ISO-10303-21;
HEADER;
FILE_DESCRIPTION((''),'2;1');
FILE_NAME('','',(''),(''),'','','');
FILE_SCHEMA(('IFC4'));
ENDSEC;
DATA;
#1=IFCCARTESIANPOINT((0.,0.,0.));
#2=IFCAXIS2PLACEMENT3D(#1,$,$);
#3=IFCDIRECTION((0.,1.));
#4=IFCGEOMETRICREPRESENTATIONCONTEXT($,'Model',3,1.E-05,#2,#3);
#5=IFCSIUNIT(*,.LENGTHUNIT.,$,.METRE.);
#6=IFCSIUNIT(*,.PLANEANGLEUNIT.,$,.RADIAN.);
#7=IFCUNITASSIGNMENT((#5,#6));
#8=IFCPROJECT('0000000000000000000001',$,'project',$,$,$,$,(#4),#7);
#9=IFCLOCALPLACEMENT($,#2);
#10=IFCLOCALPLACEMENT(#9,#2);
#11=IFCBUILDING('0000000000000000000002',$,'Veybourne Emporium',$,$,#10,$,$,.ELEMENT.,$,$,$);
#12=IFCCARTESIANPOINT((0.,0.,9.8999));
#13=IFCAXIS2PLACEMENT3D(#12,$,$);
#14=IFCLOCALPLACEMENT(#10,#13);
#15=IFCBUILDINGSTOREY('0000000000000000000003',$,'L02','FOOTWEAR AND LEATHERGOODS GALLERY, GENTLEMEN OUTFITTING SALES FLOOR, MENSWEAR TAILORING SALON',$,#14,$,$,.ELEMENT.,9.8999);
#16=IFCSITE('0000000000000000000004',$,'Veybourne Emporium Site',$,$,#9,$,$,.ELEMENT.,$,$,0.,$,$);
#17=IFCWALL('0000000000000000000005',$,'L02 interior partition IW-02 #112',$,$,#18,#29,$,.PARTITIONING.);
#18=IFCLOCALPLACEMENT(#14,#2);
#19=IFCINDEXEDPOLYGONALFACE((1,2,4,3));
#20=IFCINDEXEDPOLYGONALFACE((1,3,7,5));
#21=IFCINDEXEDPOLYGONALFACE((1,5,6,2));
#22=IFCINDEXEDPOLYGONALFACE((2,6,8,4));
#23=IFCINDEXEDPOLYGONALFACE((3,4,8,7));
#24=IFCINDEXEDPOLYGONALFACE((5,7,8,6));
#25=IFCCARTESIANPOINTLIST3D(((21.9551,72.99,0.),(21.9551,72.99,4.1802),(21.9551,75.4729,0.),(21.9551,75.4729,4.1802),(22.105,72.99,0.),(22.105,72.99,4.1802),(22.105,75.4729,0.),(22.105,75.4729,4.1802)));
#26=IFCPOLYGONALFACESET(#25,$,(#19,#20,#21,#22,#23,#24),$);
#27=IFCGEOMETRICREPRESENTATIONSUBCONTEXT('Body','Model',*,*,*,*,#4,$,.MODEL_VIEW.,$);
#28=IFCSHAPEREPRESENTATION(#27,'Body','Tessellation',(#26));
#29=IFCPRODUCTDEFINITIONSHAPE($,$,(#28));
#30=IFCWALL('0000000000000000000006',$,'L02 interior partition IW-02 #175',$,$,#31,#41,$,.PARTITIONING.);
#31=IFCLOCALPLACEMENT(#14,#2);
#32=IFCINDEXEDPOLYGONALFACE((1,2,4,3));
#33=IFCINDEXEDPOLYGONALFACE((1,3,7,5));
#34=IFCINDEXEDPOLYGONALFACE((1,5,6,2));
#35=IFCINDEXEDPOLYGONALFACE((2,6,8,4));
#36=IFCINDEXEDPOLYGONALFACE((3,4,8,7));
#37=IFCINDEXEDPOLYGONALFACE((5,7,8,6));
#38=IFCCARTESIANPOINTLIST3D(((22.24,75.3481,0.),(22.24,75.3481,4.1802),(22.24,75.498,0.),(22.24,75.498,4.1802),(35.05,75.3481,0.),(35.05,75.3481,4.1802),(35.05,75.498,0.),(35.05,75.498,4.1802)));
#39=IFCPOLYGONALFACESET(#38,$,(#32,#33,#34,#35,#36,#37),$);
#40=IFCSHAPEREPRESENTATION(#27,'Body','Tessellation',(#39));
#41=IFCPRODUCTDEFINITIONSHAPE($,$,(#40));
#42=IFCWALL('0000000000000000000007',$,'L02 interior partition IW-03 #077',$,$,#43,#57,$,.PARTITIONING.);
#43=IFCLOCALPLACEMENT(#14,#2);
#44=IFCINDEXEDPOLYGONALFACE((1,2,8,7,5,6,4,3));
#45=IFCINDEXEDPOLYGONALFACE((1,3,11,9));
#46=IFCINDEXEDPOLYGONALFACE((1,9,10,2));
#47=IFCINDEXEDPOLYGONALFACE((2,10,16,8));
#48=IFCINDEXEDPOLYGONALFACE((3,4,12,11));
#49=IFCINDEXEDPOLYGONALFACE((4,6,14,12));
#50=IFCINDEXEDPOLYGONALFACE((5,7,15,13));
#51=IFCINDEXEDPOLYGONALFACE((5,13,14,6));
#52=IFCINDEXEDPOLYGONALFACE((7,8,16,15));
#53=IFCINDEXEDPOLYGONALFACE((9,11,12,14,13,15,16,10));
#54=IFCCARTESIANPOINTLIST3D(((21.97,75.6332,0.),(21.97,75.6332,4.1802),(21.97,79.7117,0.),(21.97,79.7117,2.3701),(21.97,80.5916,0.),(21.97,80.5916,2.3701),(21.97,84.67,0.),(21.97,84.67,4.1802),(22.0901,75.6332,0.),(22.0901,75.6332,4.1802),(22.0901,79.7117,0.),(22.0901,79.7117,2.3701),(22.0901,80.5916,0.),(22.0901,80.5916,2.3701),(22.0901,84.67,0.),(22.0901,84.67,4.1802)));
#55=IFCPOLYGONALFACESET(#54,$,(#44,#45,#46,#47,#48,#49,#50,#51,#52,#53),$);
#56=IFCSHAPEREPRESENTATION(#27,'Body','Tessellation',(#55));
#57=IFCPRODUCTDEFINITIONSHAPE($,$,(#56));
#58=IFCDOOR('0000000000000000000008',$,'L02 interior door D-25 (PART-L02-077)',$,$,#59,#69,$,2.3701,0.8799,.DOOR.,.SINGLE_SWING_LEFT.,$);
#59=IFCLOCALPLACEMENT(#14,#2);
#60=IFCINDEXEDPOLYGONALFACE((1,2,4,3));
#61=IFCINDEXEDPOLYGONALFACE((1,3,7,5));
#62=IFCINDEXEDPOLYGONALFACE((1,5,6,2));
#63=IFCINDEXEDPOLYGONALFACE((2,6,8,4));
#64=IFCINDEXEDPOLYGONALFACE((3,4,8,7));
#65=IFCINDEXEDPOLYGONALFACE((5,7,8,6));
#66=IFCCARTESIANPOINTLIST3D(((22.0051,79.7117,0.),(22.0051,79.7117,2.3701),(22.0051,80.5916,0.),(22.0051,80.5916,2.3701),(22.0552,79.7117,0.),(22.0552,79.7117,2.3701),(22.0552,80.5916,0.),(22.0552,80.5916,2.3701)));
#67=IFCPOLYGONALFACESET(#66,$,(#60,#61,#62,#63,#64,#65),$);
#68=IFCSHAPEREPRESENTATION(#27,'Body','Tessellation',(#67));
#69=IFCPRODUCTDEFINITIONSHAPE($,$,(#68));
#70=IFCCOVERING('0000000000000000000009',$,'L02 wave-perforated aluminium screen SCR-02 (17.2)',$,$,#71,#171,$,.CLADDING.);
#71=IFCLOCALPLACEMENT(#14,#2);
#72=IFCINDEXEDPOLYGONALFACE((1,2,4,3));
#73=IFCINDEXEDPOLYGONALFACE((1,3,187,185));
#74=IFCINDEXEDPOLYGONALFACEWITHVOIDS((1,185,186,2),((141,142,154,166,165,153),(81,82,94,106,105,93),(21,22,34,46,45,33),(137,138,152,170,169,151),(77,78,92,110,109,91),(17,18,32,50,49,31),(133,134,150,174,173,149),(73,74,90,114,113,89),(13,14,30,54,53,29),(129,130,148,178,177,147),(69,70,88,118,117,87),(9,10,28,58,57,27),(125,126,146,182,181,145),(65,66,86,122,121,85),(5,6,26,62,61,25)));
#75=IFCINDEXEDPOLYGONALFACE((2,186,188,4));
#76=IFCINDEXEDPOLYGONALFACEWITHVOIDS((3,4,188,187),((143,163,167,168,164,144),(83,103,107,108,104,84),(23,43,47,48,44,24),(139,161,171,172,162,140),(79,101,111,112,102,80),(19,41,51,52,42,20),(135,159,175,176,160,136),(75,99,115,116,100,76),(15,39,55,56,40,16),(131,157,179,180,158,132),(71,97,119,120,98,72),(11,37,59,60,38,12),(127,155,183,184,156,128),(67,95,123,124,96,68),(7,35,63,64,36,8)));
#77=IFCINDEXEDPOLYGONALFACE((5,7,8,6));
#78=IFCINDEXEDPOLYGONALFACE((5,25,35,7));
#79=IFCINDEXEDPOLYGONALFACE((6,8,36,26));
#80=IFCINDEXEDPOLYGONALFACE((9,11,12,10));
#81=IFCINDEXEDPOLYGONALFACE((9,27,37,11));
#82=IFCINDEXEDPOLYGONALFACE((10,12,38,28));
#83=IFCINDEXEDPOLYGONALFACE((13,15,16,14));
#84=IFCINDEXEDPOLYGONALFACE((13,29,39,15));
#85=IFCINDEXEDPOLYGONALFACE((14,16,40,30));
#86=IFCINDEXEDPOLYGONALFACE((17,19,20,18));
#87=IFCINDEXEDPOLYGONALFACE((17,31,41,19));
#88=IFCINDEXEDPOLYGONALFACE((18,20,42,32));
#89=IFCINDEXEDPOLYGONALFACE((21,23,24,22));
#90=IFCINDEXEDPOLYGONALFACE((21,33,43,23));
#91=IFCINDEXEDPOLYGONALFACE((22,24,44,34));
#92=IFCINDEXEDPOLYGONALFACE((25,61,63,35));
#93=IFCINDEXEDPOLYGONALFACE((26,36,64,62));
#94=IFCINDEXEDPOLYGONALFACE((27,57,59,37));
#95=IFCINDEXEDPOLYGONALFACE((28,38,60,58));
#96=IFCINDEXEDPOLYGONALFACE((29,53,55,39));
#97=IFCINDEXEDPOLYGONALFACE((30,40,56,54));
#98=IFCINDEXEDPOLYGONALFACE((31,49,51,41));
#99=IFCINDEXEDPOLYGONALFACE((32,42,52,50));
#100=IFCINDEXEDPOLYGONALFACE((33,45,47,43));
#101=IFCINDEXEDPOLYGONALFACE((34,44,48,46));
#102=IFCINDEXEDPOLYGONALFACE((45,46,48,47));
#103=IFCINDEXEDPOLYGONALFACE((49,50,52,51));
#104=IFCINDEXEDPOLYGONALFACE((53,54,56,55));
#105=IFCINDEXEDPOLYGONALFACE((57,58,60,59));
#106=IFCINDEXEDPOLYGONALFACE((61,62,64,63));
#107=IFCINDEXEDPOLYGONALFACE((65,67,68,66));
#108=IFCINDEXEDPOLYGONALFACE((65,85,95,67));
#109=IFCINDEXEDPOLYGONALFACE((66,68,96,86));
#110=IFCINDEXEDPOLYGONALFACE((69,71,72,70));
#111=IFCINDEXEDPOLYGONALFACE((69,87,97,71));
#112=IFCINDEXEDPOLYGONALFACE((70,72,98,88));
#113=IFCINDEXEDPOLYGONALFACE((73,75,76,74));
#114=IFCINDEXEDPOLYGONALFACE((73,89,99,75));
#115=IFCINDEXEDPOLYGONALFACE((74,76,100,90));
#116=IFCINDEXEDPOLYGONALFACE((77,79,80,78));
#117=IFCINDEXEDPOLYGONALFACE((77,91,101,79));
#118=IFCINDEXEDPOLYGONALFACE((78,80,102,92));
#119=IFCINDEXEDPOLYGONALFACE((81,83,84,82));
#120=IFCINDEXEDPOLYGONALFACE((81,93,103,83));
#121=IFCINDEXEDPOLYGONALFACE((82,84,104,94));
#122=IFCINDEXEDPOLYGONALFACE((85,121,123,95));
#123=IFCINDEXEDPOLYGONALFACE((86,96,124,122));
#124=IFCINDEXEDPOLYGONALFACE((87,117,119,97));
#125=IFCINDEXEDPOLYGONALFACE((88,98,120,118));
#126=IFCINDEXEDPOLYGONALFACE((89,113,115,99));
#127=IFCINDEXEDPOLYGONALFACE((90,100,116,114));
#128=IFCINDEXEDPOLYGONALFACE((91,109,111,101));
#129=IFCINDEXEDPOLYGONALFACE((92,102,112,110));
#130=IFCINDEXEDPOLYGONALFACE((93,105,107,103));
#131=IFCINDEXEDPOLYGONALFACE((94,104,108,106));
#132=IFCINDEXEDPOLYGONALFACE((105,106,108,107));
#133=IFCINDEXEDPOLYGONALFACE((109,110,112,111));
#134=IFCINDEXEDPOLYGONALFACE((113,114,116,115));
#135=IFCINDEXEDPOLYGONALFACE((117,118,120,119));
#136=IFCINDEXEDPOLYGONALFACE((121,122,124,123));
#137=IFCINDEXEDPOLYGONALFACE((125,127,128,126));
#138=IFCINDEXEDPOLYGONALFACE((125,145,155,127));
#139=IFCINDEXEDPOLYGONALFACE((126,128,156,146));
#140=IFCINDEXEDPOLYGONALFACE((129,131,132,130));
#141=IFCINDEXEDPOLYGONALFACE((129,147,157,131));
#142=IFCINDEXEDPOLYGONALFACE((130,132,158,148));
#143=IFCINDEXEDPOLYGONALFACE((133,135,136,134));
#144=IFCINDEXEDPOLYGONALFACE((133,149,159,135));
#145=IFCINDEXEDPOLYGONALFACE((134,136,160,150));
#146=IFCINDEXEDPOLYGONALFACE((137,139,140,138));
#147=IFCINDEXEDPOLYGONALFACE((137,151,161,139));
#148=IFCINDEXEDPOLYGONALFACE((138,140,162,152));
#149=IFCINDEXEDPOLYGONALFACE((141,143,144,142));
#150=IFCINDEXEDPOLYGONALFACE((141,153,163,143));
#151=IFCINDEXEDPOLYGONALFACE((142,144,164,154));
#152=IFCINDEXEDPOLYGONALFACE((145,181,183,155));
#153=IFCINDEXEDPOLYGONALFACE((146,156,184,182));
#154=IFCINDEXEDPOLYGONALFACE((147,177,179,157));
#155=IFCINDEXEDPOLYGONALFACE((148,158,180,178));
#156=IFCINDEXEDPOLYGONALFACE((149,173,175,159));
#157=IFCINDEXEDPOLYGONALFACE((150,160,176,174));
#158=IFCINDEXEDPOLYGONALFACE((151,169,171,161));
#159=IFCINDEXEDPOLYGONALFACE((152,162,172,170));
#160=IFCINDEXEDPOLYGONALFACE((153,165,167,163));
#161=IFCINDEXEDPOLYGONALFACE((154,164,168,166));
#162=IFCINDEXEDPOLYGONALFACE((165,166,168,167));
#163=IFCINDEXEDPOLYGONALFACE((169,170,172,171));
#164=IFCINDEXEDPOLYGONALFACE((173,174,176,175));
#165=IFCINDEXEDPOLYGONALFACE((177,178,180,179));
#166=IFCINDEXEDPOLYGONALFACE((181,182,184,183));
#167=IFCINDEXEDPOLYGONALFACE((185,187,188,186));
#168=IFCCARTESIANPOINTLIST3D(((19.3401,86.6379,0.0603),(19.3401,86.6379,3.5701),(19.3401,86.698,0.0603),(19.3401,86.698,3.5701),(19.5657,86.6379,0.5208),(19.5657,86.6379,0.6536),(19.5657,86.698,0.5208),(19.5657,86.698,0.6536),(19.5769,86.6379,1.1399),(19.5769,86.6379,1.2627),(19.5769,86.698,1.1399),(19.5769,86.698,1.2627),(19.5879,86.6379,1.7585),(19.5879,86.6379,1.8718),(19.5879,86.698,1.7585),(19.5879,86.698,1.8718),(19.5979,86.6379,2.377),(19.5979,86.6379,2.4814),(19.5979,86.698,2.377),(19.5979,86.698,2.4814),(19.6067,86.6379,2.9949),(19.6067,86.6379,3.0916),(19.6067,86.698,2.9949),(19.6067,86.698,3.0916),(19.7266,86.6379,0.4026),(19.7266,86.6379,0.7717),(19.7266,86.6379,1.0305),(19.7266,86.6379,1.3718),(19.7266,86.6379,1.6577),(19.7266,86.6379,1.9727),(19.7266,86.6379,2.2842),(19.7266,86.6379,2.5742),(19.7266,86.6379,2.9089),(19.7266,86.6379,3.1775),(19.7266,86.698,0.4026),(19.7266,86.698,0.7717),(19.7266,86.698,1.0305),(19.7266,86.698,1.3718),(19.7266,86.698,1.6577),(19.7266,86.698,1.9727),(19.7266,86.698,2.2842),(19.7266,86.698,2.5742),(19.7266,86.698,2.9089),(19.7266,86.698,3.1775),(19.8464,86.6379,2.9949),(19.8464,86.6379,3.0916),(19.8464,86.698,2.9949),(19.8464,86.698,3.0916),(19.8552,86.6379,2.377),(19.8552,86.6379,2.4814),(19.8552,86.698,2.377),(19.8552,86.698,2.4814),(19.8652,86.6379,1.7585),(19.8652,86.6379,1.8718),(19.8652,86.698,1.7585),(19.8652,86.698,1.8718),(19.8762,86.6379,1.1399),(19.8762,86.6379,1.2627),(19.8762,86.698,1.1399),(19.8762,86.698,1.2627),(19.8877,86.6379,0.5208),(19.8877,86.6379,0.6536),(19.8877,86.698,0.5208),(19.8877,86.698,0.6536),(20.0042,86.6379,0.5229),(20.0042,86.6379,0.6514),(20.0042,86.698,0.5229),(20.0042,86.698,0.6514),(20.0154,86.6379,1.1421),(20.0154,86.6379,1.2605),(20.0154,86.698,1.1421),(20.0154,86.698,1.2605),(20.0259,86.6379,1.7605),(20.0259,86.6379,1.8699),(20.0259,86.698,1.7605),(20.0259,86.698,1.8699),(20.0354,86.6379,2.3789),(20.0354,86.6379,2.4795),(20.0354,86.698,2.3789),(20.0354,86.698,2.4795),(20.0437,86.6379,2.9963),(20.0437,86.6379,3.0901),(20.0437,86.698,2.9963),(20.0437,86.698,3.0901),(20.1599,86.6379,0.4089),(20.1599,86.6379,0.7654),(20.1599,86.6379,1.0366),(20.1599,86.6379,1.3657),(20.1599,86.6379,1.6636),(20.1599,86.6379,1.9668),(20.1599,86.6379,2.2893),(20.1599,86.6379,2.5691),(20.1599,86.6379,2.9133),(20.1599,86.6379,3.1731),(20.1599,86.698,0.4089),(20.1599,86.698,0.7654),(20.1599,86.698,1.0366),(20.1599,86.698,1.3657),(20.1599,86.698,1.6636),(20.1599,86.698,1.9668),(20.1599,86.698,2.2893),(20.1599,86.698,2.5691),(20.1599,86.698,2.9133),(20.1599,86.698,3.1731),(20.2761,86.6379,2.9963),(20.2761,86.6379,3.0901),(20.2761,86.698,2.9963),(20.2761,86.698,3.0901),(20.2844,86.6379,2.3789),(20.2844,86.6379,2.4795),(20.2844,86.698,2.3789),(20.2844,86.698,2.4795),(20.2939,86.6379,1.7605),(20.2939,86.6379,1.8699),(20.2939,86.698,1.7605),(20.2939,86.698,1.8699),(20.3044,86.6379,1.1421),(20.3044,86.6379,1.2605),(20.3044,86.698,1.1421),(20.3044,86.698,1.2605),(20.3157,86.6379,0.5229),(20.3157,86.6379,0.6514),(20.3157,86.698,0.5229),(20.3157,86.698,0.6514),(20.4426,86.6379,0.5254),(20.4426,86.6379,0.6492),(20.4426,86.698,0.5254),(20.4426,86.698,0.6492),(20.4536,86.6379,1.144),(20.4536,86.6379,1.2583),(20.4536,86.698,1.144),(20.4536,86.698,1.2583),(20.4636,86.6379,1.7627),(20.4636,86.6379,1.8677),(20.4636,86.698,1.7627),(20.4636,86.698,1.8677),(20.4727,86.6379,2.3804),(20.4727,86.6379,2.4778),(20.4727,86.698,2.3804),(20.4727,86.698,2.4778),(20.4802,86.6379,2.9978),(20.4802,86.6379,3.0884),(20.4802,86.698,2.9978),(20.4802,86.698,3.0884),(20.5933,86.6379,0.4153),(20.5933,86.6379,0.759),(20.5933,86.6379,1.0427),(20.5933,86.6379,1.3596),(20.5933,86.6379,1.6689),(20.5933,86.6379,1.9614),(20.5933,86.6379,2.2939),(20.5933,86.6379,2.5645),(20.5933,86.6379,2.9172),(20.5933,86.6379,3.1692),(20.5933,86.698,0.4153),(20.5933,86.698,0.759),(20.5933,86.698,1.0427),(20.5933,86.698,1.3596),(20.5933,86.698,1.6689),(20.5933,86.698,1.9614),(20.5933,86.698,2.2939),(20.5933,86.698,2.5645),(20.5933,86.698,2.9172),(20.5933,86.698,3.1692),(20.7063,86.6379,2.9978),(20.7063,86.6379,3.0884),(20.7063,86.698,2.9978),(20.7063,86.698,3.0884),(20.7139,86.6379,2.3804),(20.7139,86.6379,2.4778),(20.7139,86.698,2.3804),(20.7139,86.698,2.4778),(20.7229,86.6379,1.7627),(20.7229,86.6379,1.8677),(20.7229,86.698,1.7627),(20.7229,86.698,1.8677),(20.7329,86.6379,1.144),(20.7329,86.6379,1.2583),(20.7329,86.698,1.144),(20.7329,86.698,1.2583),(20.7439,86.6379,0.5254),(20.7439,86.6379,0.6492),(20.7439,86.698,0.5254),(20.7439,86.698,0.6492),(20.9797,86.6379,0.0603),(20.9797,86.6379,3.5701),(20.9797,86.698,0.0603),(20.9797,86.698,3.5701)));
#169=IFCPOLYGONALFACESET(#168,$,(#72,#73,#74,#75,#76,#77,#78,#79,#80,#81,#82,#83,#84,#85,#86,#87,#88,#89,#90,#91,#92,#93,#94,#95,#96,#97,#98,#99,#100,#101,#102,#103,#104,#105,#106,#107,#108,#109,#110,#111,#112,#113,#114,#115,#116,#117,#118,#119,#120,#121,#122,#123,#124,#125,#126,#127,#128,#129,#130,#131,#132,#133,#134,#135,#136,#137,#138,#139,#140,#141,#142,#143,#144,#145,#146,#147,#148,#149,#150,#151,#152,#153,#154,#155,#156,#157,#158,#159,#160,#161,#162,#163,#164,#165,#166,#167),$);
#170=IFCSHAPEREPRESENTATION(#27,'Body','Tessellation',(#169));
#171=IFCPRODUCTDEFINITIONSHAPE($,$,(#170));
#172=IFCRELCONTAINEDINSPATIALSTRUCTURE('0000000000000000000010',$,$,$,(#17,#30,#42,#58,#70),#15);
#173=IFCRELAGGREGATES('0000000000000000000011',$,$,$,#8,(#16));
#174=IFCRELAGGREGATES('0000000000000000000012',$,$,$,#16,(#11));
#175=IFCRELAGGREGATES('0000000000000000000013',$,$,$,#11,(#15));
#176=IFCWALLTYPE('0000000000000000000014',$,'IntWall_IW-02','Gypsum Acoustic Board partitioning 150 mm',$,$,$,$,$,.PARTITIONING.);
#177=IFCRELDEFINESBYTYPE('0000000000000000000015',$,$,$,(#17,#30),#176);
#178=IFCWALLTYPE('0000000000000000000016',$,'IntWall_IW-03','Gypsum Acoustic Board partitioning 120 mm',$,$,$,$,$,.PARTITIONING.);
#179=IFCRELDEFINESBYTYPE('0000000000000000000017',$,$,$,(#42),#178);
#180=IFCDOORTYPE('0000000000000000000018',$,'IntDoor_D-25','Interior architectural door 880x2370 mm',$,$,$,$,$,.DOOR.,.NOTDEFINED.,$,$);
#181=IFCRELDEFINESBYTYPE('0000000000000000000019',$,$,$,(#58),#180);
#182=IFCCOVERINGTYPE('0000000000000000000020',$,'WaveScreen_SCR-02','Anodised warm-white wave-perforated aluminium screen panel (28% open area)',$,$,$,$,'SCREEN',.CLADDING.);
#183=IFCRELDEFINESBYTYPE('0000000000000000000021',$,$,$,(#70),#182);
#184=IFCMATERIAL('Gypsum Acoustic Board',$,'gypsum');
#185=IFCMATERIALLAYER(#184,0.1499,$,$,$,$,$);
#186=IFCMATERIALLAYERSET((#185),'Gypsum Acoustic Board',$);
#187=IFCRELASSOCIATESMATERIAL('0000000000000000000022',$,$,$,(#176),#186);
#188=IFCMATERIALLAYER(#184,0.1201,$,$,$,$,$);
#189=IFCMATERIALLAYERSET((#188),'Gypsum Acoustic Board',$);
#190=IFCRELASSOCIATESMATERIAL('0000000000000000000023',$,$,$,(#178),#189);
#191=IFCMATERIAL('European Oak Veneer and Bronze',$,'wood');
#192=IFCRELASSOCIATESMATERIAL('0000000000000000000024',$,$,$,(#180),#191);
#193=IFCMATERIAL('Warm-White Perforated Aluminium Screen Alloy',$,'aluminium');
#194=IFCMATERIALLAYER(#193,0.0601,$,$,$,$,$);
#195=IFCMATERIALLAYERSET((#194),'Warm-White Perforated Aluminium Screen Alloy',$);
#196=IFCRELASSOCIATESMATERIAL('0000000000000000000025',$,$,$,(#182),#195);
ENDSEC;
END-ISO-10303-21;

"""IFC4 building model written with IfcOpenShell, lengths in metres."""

from ifc_helpers import new_model, si_unit, direction, frame, frame_2d, origin, place, context, subcontext, project, spatial, polyline, rectangle, outline, extrude, material, layer, layer_set, type_object, element, fill, save


model = new_model("IFC4")

# Units and contexts
model_context = context("Model", 3, precision=1e-05, world=origin(), true_north=direction((0.0, 1.0)))
body_context = subcontext(model_context, "Body", "Model", "MODEL_VIEW")
ifc_project = project(units=[si_unit("LENGTHUNIT", "METRE"), si_unit("PLANEANGLEUNIT", "RADIAN")], contexts=[model_context])

# Site, building, storey
site_placement = place(None, origin())
site = spatial("IfcSite", under=ifc_project, at=site_placement, Name="Veybourne Emporium Site", CompositionType="ELEMENT", RefElevation=0.0)
building_placement = place(site_placement, origin())
building = spatial("IfcBuilding", under=site, at=building_placement, Name="Veybourne Emporium", CompositionType="ELEMENT")
storey_placement = place(building_placement, frame((0.0, 0.0, 9.8999)))
storey = spatial("IfcBuildingStorey", under=building, at=storey_placement, Name="L02", Description="FOOTWEAR AND LEATHERGOODS GALLERY, GENTLEMEN OUTFITTING SALES FLOOR, MENSWEAR TAILORING SALON", CompositionType="ELEMENT", Elevation=9.8999)

# Shared definitions
ifc_material_1 = material(Name="Gypsum Acoustic Board", Category="gypsum")
ifc_material_2 = material(Name="European Oak Veneer and Bronze", Category="wood")
ifc_layer_1 = layer(ifc_material_1, 0.1499)
ifc_layer_set_1 = layer_set([ifc_layer_1], Name="Gypsum Acoustic Board")
wall_type_1 = type_object("IfcWallType", Name="IntWall_IW-02", Description="Gypsum Acoustic Board partitioning 150 mm", PredefinedType="PARTITIONING", material=ifc_layer_set_1)

# Walls
wall_1_placement = place(storey_placement, frame((22.03, 72.99, 0.0), z_axis=(0.0, 0.0, 1.0), x_axis=(0.0, 1.0, 0.0)))
element("IfcWall", 1, at=wall_1_placement, inside=storey, type_object=wall_type_1, Name="L02 interior partition IW-02 #112", PredefinedType="PARTITIONING", context=body_context, shape_type="SweptSolid", body=[
    extrude(rectangle(XDim=2.4829, YDim=0.1499, at=frame_2d((1.2415, 0.0))), origin(), (0.0, 0.0, 1.0), 4.1802),
])
wall_2_placement = place(storey_placement, frame((22.24, 75.4231, 0.0), z_axis=(0.0, 0.0, 1.0), x_axis=(1.0, 0.0, 0.0)))
element("IfcWall", 2, at=wall_2_placement, inside=storey, type_object=wall_type_1, Name="L02 interior partition IW-02 #175", PredefinedType="PARTITIONING", context=body_context, shape_type="SweptSolid", body=[
    extrude(rectangle(XDim=12.8101, YDim=0.1499, at=frame_2d((6.405, 0.0))), origin(), (0.0, 0.0, 1.0), 4.1802),
])

# Wall, opening, door
ifc_layer_2 = layer(ifc_material_1, 0.1201)
ifc_layer_set_2 = layer_set([ifc_layer_2], Name="Gypsum Acoustic Board")
wall_type_2 = type_object("IfcWallType", Name="IntWall_IW-03", Description="Gypsum Acoustic Board partitioning 120 mm", PredefinedType="PARTITIONING", material=ifc_layer_set_2)
wall_3_placement = place(storey_placement, frame((22.03, 75.6331, 0.0), z_axis=(0.0, 0.0, 1.0), x_axis=(0.0, 1.0, 0.0)))
wall_3 = element("IfcWall", 3, at=wall_3_placement, inside=storey, type_object=wall_type_2, Name="L02 interior partition IW-03 #077", PredefinedType="PARTITIONING", context=body_context, shape_type="SweptSolid", body=[
    extrude(rectangle(XDim=9.0369, YDim=0.1201, at=frame_2d((4.5186, 0.0))), origin(), (0.0, 0.0, 1.0), 4.1802),
])
opening_1_placement = place(wall_3_placement, frame((4.0786, 0.0, 0.0)))
opening_1 = element("IfcOpeningElement", 4, at=opening_1_placement, cuts=wall_3, PredefinedType="OPENING", context=body_context, shape_type="SweptSolid", body=[
    extrude(rectangle(XDim=0.8799, YDim=2.3701, at=frame_2d((0.4399, 1.1851))), frame((0.0, 0.0801, 0.0), z_axis=(0.0, -1.0, 0.0), x_axis=(1.0, 0.0, 0.0)), (0.0, 0.0, 1.0), 0.1602),
])
door_type_1 = type_object("IfcDoorType", Name="IntDoor_D-25", Description="Interior architectural door 880x2370 mm", OperationType="NOTDEFINED", PredefinedType="DOOR", material=ifc_material_2)
door_1_placement = place(opening_1_placement, origin())
door_1 = element("IfcDoor", 5, at=door_1_placement, inside=storey, type_object=door_type_1, Name="L02 interior door D-25 (PART-L02-077)", OperationType="SINGLE_SWING_LEFT", OverallHeight=2.3701, OverallWidth=0.8799, PredefinedType="DOOR", context=body_context, shape_type="SweptSolid", body=[
    extrude(rectangle(XDim=0.8799, YDim=2.3701, at=frame_2d((0.4399, 1.1851))), frame((0.0, 0.0249, 0.0), z_axis=(0.0, -1.0, 0.0), x_axis=(1.0, 0.0, 0.0)), (0.0, 0.0, 1.0), 0.05),
])
fill(opening_1, door_1)

# Covering
ifc_material_3 = material(Name="Warm-White Perforated Aluminium Screen Alloy", Category="aluminium")
ifc_layer_3 = layer(ifc_material_3, 0.0601)
ifc_layer_set_3 = layer_set([ifc_layer_3], Name="Warm-White Perforated Aluminium Screen Alloy")
covering_type_1 = type_object("IfcCoveringType", Name="WaveScreen_SCR-02", Description="Anodised warm-white wave-perforated aluminium screen panel (28% open area)", ElementType="SCREEN", PredefinedType="CLADDING", material=ifc_layer_set_3)
covering_1_placement = place(storey_placement, frame((20.1599, 86.698, 1.8152), z_axis=(0.0, -1.0, 0.0), x_axis=(1.0, 0.0, 0.0)))
element("IfcCovering", 6, at=covering_1_placement, inside=storey, type_object=covering_type_1, Name="L02 wave-perforated aluminium screen SCR-02 (17.2)", PredefinedType="CLADDING", context=body_context, shape_type="SweptSolid", body=[
    extrude(outline(polyline([(-0.8198, -1.7549), (0.8198, -1.7549), (0.8198, 1.7549), (-0.8198, 1.7549), (-0.8198, -1.7549)]), holes=[polyline([(-0.4333, -1.0435), (-0.2722, -1.1616), (-0.2722, -1.2944), (-0.4333, -1.4126), (-0.5942, -1.2944), (-0.5942, -1.1616), (-0.4333, -1.0435)]), polyline([(-0.4333, -0.4434), (-0.2837, -0.5525), (-0.2837, -0.6753), (-0.4333, -0.7847), (-0.583, -0.6753), (-0.583, -0.5525), (-0.4333, -0.4434)]), polyline([(-0.4333, 0.1575), (-0.2947, 0.0566), (-0.2947, -0.0566), (-0.4333, -0.1575), (-0.572, -0.0566), (-0.572, 0.0566), (-0.4333, 0.1575)]), polyline([(-0.4333, 0.759), (-0.3047, 0.6663), (-0.3047, 0.5618), (-0.4333, 0.469), (-0.562, 0.5618), (-0.562, 0.6663), (-0.4333, 0.759)]), polyline([(-0.4333, 1.3623), (-0.3135, 1.2764), (-0.3135, 1.1797), (-0.4333, 1.0938), (-0.5532, 1.1797), (-0.5532, 1.2764), (-0.4333, 1.3623)]), polyline([(0.0, -1.0498), (0.1558, -1.1638), (0.1558, -1.2922), (0.0, -1.4062), (-0.1558, -1.2922), (-0.1558, -1.1638), (0.0, -1.0498)]), polyline([(0.0, -0.4495), (0.1445, -0.5547), (0.1445, -0.6731), (0.0, -0.7786), (-0.1445, -0.6731), (-0.1445, -0.5547), (0.0, -0.4495)]), polyline([(0.0, 0.1516), (0.134, 0.0547), (0.134, -0.0547), (0.0, -0.1516), (-0.134, -0.0547), (-0.134, 0.0547), (0.0, 0.1516)]), polyline([(0.0, 0.7539), (0.1245, 0.6643), (0.1245, 0.5637), (0.0, 0.4741), (-0.1245, 0.5637), (-0.1245, 0.6643), (0.0, 0.7539)]), polyline([(0.0, 1.3579), (0.1162, 1.2749), (0.1162, 1.1812), (0.0, 1.0981), (-0.1162, 1.1812), (-0.1162, 1.2749), (0.0, 1.3579)]), polyline([(0.4333, -1.0562), (0.584, -1.166), (0.584, -1.2898), (0.4333, -1.3999), (0.2827, -1.2898), (0.2827, -1.166), (0.4333, -1.0562)]), polyline([(0.4333, -0.4556), (0.573, -0.5569), (0.573, -0.6711), (0.4333, -0.7725), (0.2937, -0.6711), (0.2937, -0.5569), (0.4333, -0.4556)]), polyline([(0.4333, 0.1462), (0.563, 0.0525), (0.563, -0.0525), (0.4333, -0.1462), (0.3037, -0.0525), (0.3037, 0.0525), (0.4333, 0.1462)]), polyline([(0.4333, 0.7493), (0.554, 0.6626), (0.554, 0.5652), (0.4333, 0.4788), (0.3127, 0.5652), (0.3127, 0.6626), (0.4333, 0.7493)]), polyline([(0.4333, 1.354), (0.5464, 1.2732), (0.5464, 1.1826), (0.4333, 1.1021), (0.3203, 1.1826), (0.3203, 1.2732), (0.4333, 1.354)])]), origin(), (0.0, 0.0, 1.0), 0.0601),
])

save(model, "model.ifc")
